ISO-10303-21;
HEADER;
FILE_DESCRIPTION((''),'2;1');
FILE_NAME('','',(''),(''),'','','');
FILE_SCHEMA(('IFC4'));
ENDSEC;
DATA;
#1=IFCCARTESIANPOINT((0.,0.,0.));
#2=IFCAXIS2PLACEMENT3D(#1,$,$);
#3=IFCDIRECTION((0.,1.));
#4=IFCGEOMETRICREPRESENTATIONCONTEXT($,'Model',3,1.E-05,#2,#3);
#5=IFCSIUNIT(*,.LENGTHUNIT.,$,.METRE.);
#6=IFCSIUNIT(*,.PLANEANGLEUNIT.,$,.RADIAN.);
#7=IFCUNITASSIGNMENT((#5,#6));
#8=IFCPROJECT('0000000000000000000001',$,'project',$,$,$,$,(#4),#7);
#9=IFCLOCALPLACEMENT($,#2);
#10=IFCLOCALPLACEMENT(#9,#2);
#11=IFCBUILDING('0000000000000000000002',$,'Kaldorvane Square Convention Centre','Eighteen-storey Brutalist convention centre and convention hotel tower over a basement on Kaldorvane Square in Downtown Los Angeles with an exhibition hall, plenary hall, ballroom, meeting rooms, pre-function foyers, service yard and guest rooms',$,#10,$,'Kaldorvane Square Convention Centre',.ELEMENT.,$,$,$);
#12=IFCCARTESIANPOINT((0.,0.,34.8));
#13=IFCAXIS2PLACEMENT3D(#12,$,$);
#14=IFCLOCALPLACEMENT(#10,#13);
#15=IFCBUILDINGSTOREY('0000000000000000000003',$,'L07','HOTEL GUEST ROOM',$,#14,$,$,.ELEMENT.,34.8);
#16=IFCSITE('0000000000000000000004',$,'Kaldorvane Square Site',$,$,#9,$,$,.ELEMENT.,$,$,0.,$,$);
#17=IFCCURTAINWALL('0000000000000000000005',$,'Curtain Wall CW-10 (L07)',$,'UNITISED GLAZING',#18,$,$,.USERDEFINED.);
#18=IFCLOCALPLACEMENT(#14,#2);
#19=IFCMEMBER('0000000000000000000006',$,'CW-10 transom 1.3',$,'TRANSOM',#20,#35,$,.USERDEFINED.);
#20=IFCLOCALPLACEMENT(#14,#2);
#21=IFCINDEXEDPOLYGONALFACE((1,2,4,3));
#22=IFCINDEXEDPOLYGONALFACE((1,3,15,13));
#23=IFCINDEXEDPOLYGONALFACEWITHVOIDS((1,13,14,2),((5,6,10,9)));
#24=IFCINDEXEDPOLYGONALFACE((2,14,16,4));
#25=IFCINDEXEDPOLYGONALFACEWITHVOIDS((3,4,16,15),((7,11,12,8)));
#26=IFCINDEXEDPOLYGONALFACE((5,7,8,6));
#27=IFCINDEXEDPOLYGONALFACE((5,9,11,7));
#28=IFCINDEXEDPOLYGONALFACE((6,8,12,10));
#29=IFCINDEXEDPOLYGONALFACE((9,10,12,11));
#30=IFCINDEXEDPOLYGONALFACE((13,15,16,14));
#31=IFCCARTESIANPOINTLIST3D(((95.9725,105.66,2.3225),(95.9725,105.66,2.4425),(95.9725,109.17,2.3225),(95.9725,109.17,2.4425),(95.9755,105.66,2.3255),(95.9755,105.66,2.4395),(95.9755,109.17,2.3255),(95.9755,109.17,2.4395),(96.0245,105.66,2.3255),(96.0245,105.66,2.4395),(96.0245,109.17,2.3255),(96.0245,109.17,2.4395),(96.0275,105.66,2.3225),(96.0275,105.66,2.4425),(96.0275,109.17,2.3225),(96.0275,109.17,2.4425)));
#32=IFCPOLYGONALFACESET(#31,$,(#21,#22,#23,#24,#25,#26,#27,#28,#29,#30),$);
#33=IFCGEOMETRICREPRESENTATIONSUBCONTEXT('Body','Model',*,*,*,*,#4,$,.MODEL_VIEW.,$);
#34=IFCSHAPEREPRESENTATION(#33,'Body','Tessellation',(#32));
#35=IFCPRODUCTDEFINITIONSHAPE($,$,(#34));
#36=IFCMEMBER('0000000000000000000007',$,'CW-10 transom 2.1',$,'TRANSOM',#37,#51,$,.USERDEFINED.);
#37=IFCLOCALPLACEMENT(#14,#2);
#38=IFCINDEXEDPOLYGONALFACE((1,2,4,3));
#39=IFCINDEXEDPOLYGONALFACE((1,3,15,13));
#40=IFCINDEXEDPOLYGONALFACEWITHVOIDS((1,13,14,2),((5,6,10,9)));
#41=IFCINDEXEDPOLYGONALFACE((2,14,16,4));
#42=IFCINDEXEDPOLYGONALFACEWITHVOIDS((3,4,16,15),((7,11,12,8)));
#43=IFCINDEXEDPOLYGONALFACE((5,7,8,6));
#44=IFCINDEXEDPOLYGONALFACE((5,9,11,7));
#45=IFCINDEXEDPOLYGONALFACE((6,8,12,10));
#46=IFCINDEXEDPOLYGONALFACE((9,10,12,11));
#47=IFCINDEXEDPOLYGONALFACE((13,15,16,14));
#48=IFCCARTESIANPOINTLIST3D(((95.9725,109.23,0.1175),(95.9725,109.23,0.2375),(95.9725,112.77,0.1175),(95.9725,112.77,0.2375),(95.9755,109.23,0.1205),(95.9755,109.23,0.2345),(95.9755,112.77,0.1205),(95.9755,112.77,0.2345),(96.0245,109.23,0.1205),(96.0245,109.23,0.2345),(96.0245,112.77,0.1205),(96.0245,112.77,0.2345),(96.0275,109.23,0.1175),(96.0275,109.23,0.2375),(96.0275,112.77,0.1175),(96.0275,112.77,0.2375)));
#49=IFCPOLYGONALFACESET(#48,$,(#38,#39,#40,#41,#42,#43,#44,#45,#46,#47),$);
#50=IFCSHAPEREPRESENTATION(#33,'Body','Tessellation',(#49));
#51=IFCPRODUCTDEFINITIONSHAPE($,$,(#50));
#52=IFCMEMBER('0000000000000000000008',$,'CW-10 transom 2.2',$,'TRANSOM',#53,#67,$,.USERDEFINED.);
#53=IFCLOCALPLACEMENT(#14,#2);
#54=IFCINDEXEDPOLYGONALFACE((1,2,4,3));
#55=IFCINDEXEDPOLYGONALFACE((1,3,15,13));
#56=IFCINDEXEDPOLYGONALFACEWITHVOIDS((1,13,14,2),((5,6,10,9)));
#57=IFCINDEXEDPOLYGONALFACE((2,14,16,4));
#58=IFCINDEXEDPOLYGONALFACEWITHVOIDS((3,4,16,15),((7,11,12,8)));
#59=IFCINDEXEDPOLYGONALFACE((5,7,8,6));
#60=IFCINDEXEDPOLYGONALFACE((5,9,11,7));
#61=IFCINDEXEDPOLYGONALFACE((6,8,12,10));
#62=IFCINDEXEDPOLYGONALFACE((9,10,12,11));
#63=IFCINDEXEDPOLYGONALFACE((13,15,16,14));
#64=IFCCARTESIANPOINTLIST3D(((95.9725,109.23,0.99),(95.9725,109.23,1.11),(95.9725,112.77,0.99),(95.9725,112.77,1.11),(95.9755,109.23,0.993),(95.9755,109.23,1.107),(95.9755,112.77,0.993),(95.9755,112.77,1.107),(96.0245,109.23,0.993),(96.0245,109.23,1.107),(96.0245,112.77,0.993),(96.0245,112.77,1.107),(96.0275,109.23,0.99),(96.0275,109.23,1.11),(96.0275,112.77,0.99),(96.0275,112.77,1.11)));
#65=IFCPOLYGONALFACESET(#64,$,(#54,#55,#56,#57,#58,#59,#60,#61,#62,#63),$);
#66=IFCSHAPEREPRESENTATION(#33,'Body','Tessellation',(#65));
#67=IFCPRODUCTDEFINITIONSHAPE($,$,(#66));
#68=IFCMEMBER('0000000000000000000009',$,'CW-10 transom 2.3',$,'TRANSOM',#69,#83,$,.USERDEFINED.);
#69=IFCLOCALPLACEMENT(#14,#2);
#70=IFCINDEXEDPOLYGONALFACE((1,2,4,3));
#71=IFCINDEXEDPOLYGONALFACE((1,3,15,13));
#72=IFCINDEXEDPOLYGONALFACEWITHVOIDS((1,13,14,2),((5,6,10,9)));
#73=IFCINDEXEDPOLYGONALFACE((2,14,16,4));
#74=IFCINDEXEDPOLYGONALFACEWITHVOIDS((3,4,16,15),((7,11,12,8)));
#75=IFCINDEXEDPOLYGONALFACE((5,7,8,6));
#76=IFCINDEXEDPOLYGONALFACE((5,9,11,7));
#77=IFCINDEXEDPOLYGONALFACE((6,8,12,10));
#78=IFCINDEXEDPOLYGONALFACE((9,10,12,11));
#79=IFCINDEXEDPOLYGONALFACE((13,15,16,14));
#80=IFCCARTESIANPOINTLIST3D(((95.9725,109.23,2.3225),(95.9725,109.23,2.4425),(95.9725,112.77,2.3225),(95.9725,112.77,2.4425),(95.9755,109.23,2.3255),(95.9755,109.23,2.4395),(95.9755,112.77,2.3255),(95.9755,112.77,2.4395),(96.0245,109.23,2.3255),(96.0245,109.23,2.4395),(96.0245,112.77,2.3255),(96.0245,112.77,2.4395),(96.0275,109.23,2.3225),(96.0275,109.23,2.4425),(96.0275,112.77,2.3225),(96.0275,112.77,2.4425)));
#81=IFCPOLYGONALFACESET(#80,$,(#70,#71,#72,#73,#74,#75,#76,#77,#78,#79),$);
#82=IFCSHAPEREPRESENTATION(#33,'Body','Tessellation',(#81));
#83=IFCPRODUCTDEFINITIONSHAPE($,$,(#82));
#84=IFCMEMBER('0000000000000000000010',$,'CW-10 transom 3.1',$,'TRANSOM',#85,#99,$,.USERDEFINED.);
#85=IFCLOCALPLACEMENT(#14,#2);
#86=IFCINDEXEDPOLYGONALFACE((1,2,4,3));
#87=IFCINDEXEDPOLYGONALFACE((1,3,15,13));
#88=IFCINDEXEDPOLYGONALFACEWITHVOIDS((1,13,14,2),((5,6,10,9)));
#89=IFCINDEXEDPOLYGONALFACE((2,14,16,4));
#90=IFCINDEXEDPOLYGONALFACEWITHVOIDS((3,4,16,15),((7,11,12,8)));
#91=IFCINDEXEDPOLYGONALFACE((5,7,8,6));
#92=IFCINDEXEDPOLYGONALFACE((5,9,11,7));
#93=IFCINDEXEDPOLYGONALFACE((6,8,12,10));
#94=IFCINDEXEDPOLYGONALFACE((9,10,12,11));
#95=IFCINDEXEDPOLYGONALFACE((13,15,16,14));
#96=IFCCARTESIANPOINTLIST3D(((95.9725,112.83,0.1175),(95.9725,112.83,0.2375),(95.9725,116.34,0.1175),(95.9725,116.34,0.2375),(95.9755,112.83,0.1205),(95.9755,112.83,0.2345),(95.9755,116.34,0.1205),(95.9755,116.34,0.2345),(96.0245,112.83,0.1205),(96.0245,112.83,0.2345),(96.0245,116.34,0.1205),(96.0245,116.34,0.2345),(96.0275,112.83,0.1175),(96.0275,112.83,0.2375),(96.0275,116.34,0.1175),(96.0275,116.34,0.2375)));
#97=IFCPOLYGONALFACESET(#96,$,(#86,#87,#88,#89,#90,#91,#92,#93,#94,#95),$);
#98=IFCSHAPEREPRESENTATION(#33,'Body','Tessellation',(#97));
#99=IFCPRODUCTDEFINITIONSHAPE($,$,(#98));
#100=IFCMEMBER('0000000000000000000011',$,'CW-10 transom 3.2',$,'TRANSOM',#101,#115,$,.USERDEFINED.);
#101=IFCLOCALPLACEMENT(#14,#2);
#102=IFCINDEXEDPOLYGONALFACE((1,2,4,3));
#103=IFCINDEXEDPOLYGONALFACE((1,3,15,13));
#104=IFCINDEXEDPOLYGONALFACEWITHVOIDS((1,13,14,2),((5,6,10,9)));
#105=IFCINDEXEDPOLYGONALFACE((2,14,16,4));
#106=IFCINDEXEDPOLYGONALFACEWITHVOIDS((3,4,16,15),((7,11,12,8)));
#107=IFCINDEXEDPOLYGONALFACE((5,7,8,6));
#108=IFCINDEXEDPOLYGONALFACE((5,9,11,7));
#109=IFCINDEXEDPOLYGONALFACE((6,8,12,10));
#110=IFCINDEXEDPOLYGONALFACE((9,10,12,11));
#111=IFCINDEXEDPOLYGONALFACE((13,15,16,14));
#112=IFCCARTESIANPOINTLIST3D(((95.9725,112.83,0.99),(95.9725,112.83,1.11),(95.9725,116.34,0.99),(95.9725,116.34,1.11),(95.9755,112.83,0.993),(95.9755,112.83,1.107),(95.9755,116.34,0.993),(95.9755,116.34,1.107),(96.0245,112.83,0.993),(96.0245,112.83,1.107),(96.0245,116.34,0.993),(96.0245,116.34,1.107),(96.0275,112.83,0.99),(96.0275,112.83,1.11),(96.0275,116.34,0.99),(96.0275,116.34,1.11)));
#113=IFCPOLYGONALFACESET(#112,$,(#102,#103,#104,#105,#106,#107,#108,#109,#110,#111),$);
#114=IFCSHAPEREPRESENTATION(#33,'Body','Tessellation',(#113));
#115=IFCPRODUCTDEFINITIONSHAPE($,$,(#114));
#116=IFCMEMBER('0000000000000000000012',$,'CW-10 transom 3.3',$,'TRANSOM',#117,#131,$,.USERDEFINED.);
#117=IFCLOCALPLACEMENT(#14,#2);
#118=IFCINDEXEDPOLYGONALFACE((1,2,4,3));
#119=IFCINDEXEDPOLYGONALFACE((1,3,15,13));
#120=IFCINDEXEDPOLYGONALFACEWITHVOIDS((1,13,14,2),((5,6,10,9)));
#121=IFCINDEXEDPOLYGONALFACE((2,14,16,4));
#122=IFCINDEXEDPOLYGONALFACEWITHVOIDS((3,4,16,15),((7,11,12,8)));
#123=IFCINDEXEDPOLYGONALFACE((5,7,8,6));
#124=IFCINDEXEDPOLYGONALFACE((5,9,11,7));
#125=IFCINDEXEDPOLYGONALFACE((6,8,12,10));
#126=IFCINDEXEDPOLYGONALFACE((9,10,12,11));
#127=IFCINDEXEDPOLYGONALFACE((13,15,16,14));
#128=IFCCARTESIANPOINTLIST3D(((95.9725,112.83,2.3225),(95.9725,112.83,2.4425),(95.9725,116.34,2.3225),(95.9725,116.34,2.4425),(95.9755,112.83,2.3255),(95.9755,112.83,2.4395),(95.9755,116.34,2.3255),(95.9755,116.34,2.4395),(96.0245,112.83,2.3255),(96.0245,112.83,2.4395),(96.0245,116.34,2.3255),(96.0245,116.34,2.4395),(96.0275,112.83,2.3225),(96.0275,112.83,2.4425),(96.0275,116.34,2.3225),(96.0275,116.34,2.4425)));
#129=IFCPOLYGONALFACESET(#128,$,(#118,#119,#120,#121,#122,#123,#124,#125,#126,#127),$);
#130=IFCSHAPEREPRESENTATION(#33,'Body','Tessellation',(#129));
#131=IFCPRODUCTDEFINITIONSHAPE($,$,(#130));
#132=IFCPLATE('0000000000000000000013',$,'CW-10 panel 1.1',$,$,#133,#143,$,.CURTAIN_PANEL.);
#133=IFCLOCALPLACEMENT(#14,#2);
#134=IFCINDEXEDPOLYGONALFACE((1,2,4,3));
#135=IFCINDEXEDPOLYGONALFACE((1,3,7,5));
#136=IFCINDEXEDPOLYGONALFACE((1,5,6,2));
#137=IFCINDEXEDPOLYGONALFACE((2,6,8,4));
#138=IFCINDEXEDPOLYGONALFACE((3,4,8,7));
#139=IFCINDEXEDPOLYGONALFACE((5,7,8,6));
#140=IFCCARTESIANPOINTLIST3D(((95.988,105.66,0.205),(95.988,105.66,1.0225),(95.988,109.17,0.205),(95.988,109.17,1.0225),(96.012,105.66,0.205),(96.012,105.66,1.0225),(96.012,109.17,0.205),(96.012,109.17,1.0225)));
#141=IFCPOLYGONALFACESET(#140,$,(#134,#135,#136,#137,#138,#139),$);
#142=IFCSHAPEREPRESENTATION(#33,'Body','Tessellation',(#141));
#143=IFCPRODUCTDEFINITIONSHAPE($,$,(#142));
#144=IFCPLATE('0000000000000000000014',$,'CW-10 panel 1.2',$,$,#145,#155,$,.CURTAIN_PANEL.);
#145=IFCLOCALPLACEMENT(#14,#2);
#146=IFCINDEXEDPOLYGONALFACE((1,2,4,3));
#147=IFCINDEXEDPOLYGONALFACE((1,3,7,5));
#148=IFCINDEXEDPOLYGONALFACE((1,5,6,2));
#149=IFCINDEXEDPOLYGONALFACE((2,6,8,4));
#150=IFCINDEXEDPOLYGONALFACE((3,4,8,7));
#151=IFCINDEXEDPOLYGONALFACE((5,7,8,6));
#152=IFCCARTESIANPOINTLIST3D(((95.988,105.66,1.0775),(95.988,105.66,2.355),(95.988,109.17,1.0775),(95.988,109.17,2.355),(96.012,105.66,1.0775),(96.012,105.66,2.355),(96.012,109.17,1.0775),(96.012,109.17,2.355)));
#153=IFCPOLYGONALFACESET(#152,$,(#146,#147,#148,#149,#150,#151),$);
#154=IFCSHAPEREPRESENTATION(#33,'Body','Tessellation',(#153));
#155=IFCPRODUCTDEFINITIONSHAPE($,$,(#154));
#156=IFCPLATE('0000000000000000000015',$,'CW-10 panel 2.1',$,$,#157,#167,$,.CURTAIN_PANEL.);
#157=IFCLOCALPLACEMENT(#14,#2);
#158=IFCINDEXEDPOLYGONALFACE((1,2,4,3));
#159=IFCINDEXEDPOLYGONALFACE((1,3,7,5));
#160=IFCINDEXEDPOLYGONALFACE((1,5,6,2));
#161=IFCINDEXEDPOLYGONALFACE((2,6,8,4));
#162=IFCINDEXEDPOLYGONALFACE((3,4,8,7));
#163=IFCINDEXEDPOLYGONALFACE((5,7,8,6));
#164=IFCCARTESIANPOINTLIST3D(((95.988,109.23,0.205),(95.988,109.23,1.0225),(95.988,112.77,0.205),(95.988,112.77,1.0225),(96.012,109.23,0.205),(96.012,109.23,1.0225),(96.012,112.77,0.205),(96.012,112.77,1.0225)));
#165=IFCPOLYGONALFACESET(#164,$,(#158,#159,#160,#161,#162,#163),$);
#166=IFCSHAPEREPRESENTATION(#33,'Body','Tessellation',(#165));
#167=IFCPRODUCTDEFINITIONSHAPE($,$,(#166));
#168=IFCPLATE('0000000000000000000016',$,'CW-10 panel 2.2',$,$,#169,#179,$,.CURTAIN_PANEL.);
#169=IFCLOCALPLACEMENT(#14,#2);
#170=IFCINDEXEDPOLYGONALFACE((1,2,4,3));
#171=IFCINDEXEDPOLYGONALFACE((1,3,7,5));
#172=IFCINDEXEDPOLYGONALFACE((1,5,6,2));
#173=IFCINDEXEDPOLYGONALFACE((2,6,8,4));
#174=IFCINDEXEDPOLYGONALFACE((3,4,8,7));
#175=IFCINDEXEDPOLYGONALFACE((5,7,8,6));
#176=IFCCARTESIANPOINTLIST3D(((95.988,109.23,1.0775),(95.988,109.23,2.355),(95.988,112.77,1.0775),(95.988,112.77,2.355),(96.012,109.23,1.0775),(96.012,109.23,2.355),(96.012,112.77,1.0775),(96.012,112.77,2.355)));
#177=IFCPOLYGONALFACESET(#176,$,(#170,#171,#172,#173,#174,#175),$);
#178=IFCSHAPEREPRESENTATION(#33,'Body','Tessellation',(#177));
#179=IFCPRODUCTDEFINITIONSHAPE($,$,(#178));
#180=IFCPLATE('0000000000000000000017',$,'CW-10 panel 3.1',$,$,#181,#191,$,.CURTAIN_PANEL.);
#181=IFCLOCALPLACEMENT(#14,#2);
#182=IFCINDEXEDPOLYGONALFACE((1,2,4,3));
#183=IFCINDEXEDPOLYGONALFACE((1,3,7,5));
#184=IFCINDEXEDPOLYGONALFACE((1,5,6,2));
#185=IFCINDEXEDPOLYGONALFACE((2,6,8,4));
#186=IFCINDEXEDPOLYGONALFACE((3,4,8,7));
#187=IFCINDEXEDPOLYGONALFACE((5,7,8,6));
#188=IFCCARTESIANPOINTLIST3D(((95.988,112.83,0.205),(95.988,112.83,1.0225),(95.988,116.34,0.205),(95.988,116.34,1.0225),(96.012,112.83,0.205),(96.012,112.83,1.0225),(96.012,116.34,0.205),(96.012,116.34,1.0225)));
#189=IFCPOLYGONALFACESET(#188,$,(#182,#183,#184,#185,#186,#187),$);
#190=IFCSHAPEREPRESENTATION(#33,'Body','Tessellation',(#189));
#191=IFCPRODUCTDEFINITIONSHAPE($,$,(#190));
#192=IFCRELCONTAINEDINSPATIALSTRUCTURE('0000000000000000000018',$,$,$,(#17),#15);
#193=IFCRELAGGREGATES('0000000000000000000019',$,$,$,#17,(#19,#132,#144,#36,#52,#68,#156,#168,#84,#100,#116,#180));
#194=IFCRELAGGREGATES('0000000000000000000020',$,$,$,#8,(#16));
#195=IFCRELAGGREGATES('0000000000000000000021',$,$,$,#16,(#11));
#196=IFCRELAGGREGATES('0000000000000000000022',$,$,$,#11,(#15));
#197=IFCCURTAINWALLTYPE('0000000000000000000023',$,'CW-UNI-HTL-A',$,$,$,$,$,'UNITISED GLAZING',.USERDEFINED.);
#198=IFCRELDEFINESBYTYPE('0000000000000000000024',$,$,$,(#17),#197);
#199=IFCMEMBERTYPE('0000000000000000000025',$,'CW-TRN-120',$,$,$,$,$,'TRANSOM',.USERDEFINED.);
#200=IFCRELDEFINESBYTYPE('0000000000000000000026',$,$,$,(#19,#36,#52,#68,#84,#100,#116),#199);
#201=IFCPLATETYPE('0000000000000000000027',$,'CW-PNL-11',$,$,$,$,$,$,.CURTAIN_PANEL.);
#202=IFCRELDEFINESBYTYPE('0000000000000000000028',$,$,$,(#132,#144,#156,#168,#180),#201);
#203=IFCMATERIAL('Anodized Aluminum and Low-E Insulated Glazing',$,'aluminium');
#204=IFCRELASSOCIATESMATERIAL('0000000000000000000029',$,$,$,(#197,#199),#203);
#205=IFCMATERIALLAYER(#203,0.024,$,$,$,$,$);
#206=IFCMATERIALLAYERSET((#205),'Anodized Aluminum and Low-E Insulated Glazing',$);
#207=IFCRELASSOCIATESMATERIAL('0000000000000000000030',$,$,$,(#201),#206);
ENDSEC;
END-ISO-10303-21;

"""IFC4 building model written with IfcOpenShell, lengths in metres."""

from ifc_helpers import new_model, si_unit, direction, frame, origin, origin_2d, place, context, subcontext, project, spatial, rectangle, hollow_rectangle, extrude, material, layer, layer_set, material_profile, profile_set, type_object, element, aggregate, save


model = new_model("IFC4")

# Units and contexts
model_context = context("Model", 3, precision=1e-05, world=origin(), true_north=direction((0.0, 1.0)))
body_context = subcontext(model_context, "Body", "Model", "MODEL_VIEW")
ifc_project = project(units=[si_unit("LENGTHUNIT", "METRE"), si_unit("PLANEANGLEUNIT", "RADIAN")], contexts=[model_context])

# Site, building, storey
site_placement = place(None, origin())
site = spatial("IfcSite", under=ifc_project, at=site_placement, Name="Kaldorvane Square Site", CompositionType="ELEMENT", RefElevation=0.0)
building_placement = place(site_placement, origin())
building = spatial("IfcBuilding", under=site, at=building_placement, Name="Kaldorvane Square Convention Centre", Description="Eighteen-storey Brutalist convention centre and convention hotel tower over a basement on Kaldorvane Square in Downtown Los Angeles with an exhibition hall, plenary hall, ballroom, meeting rooms, pre-function foyers, service yard and guest rooms", LongName="Kaldorvane Square Convention Centre", CompositionType="ELEMENT")
storey_placement = place(building_placement, frame((0.0, 0.0, 34.8)))
storey = spatial("IfcBuildingStorey", under=building, at=storey_placement, Name="L07", Description="HOTEL GUEST ROOM", CompositionType="ELEMENT", Elevation=34.8)

# Curtain wall, members, plates
ifc_material_1 = material(Name="Anodized Aluminum and Low-E Insulated Glazing", Category="aluminium")
curtain_wall_type = type_object("IfcCurtainWallType", Name="CW-UNI-HTL-A", ElementType="UNITISED GLAZING", PredefinedType="USERDEFINED", material=ifc_material_1)
curtain_wall_placement = place(storey_placement, origin())
curtain_wall = element("IfcCurtainWall", 1, at=curtain_wall_placement, inside=storey, type_object=curtain_wall_type, Name="Curtain Wall CW-10 (L07)", ObjectType="UNITISED GLAZING", PredefinedType="USERDEFINED")
ifc_material_profile_1 = material_profile(ifc_material_1, hollow_rectangle(XDim=0.055, YDim=0.12, WallThickness=0.003, at=origin_2d()), Name="CWT-120X55")
ifc_profile_set_1 = profile_set([ifc_material_profile_1], Name="Anodized Aluminum and Low-E Insulated Glazing")
member_type_1 = type_object("IfcMemberType", Name="CW-TRN-120", ElementType="TRANSOM", PredefinedType="USERDEFINED", material=ifc_profile_set_1)
member_1_placement = place(storey_placement, frame((96.0, 105.66, 2.3825), z_axis=(0.0, 1.0, 0.0), x_axis=(-1.0, 0.0, 0.0)))
member_1 = element("IfcMember", 2, at=member_1_placement, type_object=member_type_1, Name="CW-10 transom 1.3", ObjectType="TRANSOM", PredefinedType="USERDEFINED", context=body_context, shape_type="SweptSolid", body=[
    extrude(hollow_rectangle(XDim=0.055, YDim=0.12, WallThickness=0.003, at=origin_2d()), origin(), (0.0, 0.0, 1.0), 3.51),
])
member_2_placement = place(storey_placement, frame((96.0, 109.23, 0.1775), z_axis=(0.0, 1.0, 0.0), x_axis=(-1.0, 0.0, 0.0)))
member_2 = element("IfcMember", 3, at=member_2_placement, type_object=member_type_1, Name="CW-10 transom 2.1", ObjectType="TRANSOM", PredefinedType="USERDEFINED", context=body_context, shape_type="SweptSolid", body=[
    extrude(hollow_rectangle(XDim=0.055, YDim=0.12, WallThickness=0.003, at=origin_2d()), origin(), (0.0, 0.0, 1.0), 3.54),
])
member_3_placement = place(storey_placement, frame((96.0, 109.23, 1.05), z_axis=(0.0, 1.0, 0.0), x_axis=(-1.0, 0.0, 0.0)))
member_3 = element("IfcMember", 4, at=member_3_placement, type_object=member_type_1, Name="CW-10 transom 2.2", ObjectType="TRANSOM", PredefinedType="USERDEFINED", context=body_context, shape_type="SweptSolid", body=[
    extrude(hollow_rectangle(XDim=0.055, YDim=0.12, WallThickness=0.003, at=origin_2d()), origin(), (0.0, 0.0, 1.0), 3.54),
])
member_4_placement = place(storey_placement, frame((96.0, 109.23, 2.3825), z_axis=(0.0, 1.0, 0.0), x_axis=(-1.0, 0.0, 0.0)))
member_4 = element("IfcMember", 5, at=member_4_placement, type_object=member_type_1, Name="CW-10 transom 2.3", ObjectType="TRANSOM", PredefinedType="USERDEFINED", context=body_context, shape_type="SweptSolid", body=[
    extrude(hollow_rectangle(XDim=0.055, YDim=0.12, WallThickness=0.003, at=origin_2d()), origin(), (0.0, 0.0, 1.0), 3.54),
])
member_5_placement = place(storey_placement, frame((96.0, 112.83, 0.1775), z_axis=(0.0, 1.0, 0.0), x_axis=(-1.0, 0.0, 0.0)))
member_5 = element("IfcMember", 6, at=member_5_placement, type_object=member_type_1, Name="CW-10 transom 3.1", ObjectType="TRANSOM", PredefinedType="USERDEFINED", context=body_context, shape_type="SweptSolid", body=[
    extrude(hollow_rectangle(XDim=0.055, YDim=0.12, WallThickness=0.003, at=origin_2d()), origin(), (0.0, 0.0, 1.0), 3.51),
])
member_6_placement = place(storey_placement, frame((96.0, 112.83, 1.05), z_axis=(0.0, 1.0, 0.0), x_axis=(-1.0, 0.0, 0.0)))
member_6 = element("IfcMember", 7, at=member_6_placement, type_object=member_type_1, Name="CW-10 transom 3.2", ObjectType="TRANSOM", PredefinedType="USERDEFINED", context=body_context, shape_type="SweptSolid", body=[
    extrude(hollow_rectangle(XDim=0.055, YDim=0.12, WallThickness=0.003, at=origin_2d()), origin(), (0.0, 0.0, 1.0), 3.51),
])
member_7_placement = place(storey_placement, frame((96.0, 112.83, 2.3825), z_axis=(0.0, 1.0, 0.0), x_axis=(-1.0, 0.0, 0.0)))
member_7 = element("IfcMember", 8, at=member_7_placement, type_object=member_type_1, Name="CW-10 transom 3.3", ObjectType="TRANSOM", PredefinedType="USERDEFINED", context=body_context, shape_type="SweptSolid", body=[
    extrude(hollow_rectangle(XDim=0.055, YDim=0.12, WallThickness=0.003, at=origin_2d()), origin(), (0.0, 0.0, 1.0), 3.51),
])
ifc_layer_1 = layer(ifc_material_1, 0.024)
ifc_layer_set_1 = layer_set([ifc_layer_1], Name="Anodized Aluminum and Low-E Insulated Glazing")
plate_type = type_object("IfcPlateType", Name="CW-PNL-11", PredefinedType="CURTAIN_PANEL", material=ifc_layer_set_1)
plate_1_placement = place(storey_placement, frame((96.0, 107.415, 0.205), z_axis=(0.0, 0.0, 1.0), x_axis=(0.0, 1.0, 0.0)))
plate_1 = element("IfcPlate", 9, at=plate_1_placement, type_object=plate_type, Name="CW-10 panel 1.1", PredefinedType="CURTAIN_PANEL", context=body_context, shape_type="SweptSolid", body=[
    extrude(rectangle(XDim=3.51, YDim=0.024, at=origin_2d()), origin(), (0.0, 0.0, 1.0), 0.8175),
])
plate_2_placement = place(storey_placement, frame((96.0, 107.415, 1.0775), z_axis=(0.0, 0.0, 1.0), x_axis=(0.0, 1.0, 0.0)))
plate_2 = element("IfcPlate", 10, at=plate_2_placement, type_object=plate_type, Name="CW-10 panel 1.2", PredefinedType="CURTAIN_PANEL", context=body_context, shape_type="SweptSolid", body=[
    extrude(rectangle(XDim=3.51, YDim=0.024, at=origin_2d()), origin(), (0.0, 0.0, 1.0), 1.2775),
])
plate_3_placement = place(storey_placement, frame((96.0, 111.0, 0.205), z_axis=(0.0, 0.0, 1.0), x_axis=(0.0, 1.0, 0.0)))
plate_3 = element("IfcPlate", 11, at=plate_3_placement, type_object=plate_type, Name="CW-10 panel 2.1", PredefinedType="CURTAIN_PANEL", context=body_context, shape_type="SweptSolid", body=[
    extrude(rectangle(XDim=3.54, YDim=0.024, at=origin_2d()), origin(), (0.0, 0.0, 1.0), 0.8175),
])
plate_4_placement = place(storey_placement, frame((96.0, 111.0, 1.0775), z_axis=(0.0, 0.0, 1.0), x_axis=(0.0, 1.0, 0.0)))
plate_4 = element("IfcPlate", 12, at=plate_4_placement, type_object=plate_type, Name="CW-10 panel 2.2", PredefinedType="CURTAIN_PANEL", context=body_context, shape_type="SweptSolid", body=[
    extrude(rectangle(XDim=3.54, YDim=0.024, at=origin_2d()), origin(), (0.0, 0.0, 1.0), 1.2775),
])
plate_5_placement = place(storey_placement, frame((96.0, 114.585, 0.205), z_axis=(0.0, 0.0, 1.0), x_axis=(0.0, 1.0, 0.0)))
plate_5 = element("IfcPlate", 13, at=plate_5_placement, type_object=plate_type, Name="CW-10 panel 3.1", PredefinedType="CURTAIN_PANEL", context=body_context, shape_type="SweptSolid", body=[
    extrude(rectangle(XDim=3.51, YDim=0.024, at=origin_2d()), origin(), (0.0, 0.0, 1.0), 0.8175),
])
aggregate(curtain_wall, [member_1, plate_1, plate_2, member_2, member_3, member_4, plate_3, plate_4, member_5, member_6, member_7, plate_5])

save(model, "model.ifc")
